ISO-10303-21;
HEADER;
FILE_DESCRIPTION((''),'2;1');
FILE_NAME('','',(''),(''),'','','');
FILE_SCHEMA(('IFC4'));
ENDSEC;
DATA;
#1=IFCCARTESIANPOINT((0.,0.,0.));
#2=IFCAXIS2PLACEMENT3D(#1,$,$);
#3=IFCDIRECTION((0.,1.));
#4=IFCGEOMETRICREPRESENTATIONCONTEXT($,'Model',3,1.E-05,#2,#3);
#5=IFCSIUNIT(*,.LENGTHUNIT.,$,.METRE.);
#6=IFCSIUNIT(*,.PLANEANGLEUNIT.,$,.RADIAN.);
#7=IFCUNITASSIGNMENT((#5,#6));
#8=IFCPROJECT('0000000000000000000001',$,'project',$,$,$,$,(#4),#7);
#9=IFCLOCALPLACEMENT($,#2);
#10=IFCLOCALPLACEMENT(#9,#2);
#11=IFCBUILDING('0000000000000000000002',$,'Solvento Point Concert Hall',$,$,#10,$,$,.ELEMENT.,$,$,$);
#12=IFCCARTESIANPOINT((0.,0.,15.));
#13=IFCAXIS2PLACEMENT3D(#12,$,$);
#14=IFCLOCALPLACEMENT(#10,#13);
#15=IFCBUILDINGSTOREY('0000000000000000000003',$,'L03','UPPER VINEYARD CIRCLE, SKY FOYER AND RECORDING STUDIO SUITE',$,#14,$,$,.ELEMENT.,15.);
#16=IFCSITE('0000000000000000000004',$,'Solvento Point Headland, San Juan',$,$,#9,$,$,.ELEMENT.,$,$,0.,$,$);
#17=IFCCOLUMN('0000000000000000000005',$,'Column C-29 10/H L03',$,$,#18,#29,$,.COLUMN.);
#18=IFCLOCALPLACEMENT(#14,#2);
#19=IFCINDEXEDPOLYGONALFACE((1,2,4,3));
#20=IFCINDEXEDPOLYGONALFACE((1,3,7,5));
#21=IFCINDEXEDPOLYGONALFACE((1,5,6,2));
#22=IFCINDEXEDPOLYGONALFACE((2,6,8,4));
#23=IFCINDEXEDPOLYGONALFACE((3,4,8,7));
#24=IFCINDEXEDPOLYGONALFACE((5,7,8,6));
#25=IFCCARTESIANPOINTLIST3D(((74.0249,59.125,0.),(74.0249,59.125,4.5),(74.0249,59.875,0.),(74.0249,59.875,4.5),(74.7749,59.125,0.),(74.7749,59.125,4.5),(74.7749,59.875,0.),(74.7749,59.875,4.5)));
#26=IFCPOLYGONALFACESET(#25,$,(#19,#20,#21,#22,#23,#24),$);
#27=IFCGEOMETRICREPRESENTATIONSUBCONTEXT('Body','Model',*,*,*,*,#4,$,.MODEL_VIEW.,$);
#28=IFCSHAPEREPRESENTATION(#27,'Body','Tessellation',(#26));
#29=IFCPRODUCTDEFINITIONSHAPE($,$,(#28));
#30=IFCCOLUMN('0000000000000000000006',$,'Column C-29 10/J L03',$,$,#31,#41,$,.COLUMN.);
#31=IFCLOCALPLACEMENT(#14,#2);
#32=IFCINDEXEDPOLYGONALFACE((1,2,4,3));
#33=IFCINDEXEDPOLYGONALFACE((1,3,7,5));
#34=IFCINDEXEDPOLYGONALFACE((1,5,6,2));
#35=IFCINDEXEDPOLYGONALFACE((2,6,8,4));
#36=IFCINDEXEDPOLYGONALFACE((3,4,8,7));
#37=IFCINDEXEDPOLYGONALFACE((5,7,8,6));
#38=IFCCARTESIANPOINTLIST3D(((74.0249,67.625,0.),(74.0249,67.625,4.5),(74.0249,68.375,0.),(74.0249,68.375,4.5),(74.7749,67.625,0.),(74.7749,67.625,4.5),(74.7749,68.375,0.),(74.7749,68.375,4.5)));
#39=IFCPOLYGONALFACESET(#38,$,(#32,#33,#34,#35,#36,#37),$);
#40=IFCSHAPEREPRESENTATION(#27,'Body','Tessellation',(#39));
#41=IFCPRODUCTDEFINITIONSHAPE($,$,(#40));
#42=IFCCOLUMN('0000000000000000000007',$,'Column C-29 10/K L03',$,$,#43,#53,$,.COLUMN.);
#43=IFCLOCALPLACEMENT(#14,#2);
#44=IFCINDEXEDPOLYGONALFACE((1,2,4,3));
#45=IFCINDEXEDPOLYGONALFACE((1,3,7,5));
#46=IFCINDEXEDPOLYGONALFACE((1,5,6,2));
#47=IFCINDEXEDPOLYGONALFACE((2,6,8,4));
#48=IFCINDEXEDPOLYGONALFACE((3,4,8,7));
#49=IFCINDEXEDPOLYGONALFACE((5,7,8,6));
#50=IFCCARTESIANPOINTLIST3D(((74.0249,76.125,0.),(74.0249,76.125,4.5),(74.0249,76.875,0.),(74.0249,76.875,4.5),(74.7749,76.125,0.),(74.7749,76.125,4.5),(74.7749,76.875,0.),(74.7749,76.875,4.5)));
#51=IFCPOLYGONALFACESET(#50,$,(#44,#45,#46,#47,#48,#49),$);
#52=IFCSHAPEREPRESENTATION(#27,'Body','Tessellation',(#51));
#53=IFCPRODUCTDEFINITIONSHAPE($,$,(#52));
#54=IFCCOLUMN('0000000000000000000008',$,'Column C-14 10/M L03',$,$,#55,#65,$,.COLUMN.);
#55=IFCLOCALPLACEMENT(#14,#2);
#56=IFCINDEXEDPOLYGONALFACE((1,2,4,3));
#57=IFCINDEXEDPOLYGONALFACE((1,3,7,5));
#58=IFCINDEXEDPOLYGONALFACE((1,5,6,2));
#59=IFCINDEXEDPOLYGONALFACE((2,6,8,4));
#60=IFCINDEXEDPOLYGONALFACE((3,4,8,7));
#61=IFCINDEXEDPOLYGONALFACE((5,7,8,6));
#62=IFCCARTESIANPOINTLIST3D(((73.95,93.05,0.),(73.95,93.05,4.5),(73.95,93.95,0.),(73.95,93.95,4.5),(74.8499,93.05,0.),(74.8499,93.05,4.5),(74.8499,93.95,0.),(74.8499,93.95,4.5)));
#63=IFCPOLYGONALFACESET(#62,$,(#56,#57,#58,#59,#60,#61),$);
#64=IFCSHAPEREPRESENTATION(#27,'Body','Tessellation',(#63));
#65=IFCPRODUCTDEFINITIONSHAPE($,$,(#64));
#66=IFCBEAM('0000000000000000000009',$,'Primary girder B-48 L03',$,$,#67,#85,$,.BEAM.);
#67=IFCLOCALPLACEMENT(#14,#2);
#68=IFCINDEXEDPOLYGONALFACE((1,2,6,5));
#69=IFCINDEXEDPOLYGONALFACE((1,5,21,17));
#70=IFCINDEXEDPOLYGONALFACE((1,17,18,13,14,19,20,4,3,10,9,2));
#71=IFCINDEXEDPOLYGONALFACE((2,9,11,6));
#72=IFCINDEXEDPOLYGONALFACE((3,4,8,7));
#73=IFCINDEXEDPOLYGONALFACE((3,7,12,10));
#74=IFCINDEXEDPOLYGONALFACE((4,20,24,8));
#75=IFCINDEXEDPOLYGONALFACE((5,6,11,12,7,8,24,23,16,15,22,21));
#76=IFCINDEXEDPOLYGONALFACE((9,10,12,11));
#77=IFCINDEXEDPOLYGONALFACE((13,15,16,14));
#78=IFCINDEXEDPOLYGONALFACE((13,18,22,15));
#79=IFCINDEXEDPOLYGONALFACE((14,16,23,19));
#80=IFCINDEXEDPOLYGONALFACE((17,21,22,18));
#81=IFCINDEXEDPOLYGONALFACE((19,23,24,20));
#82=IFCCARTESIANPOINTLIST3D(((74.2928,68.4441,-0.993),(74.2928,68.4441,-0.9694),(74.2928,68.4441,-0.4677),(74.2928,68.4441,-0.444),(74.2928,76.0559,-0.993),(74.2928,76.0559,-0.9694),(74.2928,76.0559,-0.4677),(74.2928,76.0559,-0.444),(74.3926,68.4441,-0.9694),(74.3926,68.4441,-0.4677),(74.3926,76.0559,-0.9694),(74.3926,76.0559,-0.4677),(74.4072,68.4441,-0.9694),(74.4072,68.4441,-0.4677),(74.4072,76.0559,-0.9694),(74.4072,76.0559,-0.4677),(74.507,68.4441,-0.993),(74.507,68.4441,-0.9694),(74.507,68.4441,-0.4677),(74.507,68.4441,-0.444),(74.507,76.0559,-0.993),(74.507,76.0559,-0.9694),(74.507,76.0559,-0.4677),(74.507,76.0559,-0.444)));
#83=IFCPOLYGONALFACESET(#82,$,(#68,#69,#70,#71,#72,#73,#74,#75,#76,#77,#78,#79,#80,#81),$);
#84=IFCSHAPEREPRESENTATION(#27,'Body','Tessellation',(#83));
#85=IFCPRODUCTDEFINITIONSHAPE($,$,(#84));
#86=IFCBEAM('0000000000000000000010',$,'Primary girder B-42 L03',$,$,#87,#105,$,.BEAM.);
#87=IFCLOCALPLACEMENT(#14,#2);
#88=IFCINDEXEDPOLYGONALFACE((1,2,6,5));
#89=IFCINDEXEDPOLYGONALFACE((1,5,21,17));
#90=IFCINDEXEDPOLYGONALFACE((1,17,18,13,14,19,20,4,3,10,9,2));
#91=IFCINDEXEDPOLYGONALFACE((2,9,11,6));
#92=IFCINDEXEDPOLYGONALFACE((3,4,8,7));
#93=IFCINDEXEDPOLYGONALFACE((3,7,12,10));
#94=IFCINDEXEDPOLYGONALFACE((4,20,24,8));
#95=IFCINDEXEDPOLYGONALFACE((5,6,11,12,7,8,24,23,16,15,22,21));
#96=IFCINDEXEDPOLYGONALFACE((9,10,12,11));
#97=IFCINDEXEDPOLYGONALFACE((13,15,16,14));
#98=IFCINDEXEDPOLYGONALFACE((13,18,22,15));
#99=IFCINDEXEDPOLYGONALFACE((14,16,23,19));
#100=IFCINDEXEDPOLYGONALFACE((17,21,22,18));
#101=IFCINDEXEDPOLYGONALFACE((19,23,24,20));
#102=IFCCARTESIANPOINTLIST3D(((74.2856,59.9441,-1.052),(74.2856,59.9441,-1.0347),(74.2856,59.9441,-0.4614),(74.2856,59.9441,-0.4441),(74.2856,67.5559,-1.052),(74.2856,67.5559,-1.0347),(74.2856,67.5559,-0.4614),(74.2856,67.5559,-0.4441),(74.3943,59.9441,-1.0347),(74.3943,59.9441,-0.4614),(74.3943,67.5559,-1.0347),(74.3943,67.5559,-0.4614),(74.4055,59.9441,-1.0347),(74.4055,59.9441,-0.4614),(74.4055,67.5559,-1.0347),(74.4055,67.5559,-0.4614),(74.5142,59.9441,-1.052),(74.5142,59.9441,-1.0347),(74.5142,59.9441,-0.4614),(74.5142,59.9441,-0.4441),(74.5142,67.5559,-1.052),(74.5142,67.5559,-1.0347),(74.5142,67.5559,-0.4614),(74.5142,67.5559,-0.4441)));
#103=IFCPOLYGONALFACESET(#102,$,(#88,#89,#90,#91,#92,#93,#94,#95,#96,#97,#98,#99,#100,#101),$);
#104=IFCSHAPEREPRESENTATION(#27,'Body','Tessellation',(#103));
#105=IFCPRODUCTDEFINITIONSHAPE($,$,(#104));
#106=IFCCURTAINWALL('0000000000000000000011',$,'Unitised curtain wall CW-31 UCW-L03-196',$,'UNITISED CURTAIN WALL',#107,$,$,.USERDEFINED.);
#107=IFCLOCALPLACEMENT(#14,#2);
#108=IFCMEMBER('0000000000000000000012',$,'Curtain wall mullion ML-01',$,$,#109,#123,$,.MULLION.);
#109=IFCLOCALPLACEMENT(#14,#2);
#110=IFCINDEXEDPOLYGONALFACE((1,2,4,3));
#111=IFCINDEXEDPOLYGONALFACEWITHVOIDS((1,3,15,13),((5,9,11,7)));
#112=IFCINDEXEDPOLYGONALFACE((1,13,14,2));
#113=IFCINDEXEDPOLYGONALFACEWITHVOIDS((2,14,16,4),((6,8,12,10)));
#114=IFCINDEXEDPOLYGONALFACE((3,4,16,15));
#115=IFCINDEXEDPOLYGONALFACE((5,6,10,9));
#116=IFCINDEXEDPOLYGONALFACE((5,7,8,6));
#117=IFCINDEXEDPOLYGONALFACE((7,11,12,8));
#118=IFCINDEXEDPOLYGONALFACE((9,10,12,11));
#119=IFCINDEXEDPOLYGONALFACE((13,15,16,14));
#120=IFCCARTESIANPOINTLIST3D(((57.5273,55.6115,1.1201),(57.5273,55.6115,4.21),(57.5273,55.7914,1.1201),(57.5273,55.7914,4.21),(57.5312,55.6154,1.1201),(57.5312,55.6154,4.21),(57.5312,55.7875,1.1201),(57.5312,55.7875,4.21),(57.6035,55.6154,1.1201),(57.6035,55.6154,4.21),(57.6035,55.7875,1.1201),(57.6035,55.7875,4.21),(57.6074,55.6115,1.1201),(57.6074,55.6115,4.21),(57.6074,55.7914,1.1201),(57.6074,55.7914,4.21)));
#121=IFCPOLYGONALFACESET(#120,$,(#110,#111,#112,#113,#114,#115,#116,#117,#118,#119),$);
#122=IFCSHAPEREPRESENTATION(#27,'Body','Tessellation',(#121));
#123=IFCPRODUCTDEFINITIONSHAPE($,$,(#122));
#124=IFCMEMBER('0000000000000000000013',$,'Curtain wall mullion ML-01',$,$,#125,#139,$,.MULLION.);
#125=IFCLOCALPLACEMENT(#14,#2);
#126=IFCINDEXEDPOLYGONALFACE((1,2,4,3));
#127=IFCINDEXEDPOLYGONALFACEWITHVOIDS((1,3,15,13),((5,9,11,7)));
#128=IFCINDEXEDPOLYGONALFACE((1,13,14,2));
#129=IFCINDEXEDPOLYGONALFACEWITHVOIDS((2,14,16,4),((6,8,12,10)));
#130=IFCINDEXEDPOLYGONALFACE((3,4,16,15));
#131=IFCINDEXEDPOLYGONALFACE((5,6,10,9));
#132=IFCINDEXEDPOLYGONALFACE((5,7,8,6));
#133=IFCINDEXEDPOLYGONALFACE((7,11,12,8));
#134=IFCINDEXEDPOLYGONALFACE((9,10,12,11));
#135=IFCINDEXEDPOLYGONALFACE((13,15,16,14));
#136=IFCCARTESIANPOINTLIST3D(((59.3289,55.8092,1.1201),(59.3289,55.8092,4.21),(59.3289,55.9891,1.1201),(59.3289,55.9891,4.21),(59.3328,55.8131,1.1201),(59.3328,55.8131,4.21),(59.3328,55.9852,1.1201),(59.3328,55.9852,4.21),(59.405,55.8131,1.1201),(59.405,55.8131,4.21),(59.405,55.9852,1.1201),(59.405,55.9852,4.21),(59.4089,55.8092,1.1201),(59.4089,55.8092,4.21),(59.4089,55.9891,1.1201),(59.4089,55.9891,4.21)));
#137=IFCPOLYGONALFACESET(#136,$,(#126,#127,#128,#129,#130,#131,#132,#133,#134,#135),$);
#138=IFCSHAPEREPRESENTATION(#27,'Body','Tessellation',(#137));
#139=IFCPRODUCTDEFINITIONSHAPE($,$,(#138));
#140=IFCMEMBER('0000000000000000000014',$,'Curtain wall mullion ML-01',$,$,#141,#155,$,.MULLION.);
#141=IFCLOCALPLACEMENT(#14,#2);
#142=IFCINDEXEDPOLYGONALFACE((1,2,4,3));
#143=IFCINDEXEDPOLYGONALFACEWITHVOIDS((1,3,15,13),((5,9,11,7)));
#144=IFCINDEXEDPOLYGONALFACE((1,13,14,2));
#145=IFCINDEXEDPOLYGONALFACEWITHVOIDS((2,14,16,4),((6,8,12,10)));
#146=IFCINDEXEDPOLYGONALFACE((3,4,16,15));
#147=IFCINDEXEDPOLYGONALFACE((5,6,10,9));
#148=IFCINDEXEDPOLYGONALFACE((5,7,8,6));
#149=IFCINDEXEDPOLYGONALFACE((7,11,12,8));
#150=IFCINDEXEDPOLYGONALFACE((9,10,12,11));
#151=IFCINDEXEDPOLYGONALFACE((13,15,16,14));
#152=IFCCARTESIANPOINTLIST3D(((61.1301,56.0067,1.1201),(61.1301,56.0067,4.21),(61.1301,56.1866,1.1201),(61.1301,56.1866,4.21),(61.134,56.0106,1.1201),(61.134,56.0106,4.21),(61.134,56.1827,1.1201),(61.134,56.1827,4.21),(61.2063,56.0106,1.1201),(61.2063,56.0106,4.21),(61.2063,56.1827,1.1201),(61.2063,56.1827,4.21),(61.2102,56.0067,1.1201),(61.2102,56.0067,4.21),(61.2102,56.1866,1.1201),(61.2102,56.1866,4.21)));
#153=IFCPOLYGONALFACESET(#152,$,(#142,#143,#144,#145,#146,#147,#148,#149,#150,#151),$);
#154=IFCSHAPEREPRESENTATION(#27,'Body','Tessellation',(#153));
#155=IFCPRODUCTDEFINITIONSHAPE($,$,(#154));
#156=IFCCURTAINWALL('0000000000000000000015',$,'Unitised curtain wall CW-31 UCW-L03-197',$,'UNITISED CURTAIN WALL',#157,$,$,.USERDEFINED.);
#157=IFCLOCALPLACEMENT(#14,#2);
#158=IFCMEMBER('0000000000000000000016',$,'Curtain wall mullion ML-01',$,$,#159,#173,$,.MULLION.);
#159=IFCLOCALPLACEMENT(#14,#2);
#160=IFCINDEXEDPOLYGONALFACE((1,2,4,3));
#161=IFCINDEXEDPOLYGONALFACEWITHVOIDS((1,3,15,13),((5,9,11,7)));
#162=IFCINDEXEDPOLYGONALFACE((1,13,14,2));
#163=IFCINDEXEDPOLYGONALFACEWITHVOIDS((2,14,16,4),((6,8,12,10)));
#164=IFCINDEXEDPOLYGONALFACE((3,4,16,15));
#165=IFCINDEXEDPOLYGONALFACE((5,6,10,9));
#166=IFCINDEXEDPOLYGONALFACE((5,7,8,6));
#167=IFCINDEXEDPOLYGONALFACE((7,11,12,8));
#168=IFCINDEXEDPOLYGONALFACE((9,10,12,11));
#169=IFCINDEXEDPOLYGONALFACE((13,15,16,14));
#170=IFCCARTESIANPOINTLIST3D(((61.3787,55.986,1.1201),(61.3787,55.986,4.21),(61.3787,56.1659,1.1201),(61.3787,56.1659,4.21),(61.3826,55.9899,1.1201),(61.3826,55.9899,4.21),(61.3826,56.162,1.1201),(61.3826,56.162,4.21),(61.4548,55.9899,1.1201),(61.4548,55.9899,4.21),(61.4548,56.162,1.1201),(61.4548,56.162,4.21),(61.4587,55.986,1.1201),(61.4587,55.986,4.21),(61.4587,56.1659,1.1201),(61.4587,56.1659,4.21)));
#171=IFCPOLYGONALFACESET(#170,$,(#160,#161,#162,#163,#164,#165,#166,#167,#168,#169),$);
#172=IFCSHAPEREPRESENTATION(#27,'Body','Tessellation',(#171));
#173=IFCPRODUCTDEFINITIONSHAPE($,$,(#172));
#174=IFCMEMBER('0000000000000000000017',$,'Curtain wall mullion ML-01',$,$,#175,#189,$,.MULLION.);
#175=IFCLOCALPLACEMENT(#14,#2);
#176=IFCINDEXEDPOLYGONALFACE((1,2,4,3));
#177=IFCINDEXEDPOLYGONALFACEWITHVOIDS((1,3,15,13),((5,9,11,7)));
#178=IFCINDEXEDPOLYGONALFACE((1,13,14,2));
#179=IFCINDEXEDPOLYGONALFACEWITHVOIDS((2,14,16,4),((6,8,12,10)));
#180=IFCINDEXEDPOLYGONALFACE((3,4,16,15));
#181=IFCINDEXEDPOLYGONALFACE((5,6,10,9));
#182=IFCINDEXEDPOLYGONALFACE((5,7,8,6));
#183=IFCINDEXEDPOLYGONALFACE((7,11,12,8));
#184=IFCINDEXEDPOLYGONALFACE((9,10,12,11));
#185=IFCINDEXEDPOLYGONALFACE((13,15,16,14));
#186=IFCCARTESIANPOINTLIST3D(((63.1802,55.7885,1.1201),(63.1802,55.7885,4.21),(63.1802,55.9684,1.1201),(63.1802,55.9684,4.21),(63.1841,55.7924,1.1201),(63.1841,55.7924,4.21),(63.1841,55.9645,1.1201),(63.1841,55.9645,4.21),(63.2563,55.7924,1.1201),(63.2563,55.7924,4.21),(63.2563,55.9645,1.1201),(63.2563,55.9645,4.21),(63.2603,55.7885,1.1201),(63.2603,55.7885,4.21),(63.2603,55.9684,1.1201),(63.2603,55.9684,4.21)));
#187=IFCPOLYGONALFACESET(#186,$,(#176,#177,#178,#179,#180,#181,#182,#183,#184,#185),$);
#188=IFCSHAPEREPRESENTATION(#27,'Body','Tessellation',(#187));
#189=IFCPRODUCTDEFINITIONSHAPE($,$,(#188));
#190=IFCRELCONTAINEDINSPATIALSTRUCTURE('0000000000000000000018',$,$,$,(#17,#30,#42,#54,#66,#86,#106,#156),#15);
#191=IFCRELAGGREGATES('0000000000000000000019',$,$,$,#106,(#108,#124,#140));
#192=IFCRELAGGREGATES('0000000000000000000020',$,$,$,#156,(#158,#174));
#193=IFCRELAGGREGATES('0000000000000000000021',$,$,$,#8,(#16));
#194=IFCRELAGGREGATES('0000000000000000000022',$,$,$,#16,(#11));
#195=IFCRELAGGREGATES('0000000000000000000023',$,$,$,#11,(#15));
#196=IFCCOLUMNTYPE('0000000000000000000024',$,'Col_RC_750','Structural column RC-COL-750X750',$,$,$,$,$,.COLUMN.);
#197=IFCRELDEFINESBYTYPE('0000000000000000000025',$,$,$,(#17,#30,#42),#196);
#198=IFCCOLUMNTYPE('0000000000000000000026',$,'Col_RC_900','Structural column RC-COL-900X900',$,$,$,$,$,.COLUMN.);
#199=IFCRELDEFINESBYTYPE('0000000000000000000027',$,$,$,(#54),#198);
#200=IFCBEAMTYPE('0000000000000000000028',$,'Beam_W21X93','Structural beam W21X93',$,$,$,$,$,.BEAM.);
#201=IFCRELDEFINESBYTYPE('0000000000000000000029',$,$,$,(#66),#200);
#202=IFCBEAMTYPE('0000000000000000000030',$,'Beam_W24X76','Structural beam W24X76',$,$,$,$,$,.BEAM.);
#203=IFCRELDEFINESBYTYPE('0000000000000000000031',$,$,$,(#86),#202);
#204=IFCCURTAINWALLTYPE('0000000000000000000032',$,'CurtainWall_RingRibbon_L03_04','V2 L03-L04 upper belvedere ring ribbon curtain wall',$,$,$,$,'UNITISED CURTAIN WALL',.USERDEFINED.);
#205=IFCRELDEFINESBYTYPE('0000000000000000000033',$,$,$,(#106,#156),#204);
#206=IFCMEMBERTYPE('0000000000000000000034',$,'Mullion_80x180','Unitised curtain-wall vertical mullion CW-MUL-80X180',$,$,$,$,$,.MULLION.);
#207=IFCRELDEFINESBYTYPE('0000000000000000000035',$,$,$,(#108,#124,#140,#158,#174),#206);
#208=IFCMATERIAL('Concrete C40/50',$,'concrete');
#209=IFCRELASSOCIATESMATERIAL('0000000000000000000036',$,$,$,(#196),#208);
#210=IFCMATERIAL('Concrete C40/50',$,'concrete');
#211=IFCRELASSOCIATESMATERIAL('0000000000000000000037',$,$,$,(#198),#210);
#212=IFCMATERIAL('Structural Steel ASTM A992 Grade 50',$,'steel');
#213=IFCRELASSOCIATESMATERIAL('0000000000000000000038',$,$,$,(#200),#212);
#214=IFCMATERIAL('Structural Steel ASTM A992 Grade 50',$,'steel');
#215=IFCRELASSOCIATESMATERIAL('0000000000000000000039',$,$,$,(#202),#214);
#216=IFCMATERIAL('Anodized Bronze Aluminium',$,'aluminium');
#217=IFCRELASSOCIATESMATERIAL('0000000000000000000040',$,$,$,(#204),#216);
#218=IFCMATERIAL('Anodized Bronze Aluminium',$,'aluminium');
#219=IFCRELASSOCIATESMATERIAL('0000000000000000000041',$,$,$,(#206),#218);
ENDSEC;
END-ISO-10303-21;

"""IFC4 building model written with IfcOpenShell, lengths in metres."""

from ifc_helpers import new_model, si_unit, direction, frame, origin, origin_2d, place, context, subcontext, project, spatial, rectangle, hollow_rectangle, i_section, extrude, material, material_profile, profile_set, type_object, element, aggregate, save


model = new_model("IFC4")

# Units and contexts
model_context = context("Model", 3, precision=1e-05, world=origin(), true_north=direction((0.0, 1.0)))
body_context = subcontext(model_context, "Body", "Model", "MODEL_VIEW")
ifc_project = project(units=[si_unit("LENGTHUNIT", "METRE"), si_unit("PLANEANGLEUNIT", "RADIAN")], contexts=[model_context])

# Site, building, storey
site_placement = place(None, origin())
site = spatial("IfcSite", under=ifc_project, at=site_placement, Name="Solvento Point Headland, San Juan", CompositionType="ELEMENT", RefElevation=0.0)
building_placement = place(site_placement, origin())
building = spatial("IfcBuilding", under=site, at=building_placement, Name="Solvento Point Concert Hall", CompositionType="ELEMENT")
storey_placement = place(building_placement, frame((0.0, 0.0, 15.0)))
storey = spatial("IfcBuildingStorey", under=building, at=storey_placement, Name="L03", Description="UPPER VINEYARD CIRCLE, SKY FOYER AND RECORDING STUDIO SUITE", CompositionType="ELEMENT", Elevation=15.0)

# Columns
ifc_material_1 = material(Name="Concrete C40/50", Category="concrete")
ifc_material_profile_1 = material_profile(ifc_material_1, rectangle(XDim=0.75, YDim=0.75, at=origin_2d()), Name="RC-COL-750X750")
ifc_profile_set_1 = profile_set([ifc_material_profile_1], Name="Concrete C40/50")
column_type_1 = type_object("IfcColumnType", Name="Col_RC_750", Description="Structural column RC-COL-750X750", PredefinedType="COLUMN", material=ifc_profile_set_1)
for number, where, z_axis, x_axis, name in (
    (1, (74.3999, 59.5, 0.0), (0.0, 0.0, 1.0), (1.0, 0.0, 0.0), "Column C-29 10/H L03"),
    (2, (74.3999, 68.0, 0.0), (0.0, 0.0, 1.0), (1.0, 0.0, 0.0), "Column C-29 10/J L03"),
    (3, (74.3999, 76.5, 0.0), (0.0, 0.0, 1.0), (1.0, 0.0, 0.0), "Column C-29 10/K L03"),
):
    element("IfcColumn", number, at=place(storey_placement, frame(where, z_axis=z_axis, x_axis=x_axis)), inside=storey, type_object=column_type_1, Name=name, PredefinedType="COLUMN", context=body_context, shape_type="SweptSolid", body=[
        extrude(rectangle(XDim=0.75, YDim=0.75, at=origin_2d()), origin(), (0.0, 0.0, 1.0), 4.5),
    ])
ifc_material_2 = material(Name="Concrete C40/50", Category="concrete")
ifc_material_profile_2 = material_profile(ifc_material_2, rectangle(XDim=0.8999, YDim=0.8999, at=origin_2d()), Name="RC-COL-900X900")
ifc_profile_set_2 = profile_set([ifc_material_profile_2], Name="Concrete C40/50")
column_type_2 = type_object("IfcColumnType", Name="Col_RC_900", Description="Structural column RC-COL-900X900", PredefinedType="COLUMN", material=ifc_profile_set_2)
column_placement = place(storey_placement, frame((74.3999, 93.5, 0.0), z_axis=(0.0, 0.0, 1.0), x_axis=(1.0, 0.0, 0.0)))
element("IfcColumn", 4, at=column_placement, inside=storey, type_object=column_type_2, Name="Column C-14 10/M L03", PredefinedType="COLUMN", context=body_context, shape_type="SweptSolid", body=[
    extrude(rectangle(XDim=0.8999, YDim=0.8999, at=origin_2d()), origin(), (0.0, 0.0, 1.0), 4.5),
])

# Beams
ifc_material_3 = material(Name="Structural Steel ASTM A992 Grade 50", Category="steel")
ifc_material_profile_3 = material_profile(ifc_material_3, i_section(OverallWidth=0.2141, OverallDepth=0.5491, WebThickness=0.0146, FlangeThickness=0.0237, at=origin_2d()), Name="W21X93")
ifc_profile_set_3 = profile_set([ifc_material_profile_3], Name="Structural Steel ASTM A992 Grade 50")
beam_type_1 = type_object("IfcBeamType", Name="Beam_W21X93", Description="Structural beam W21X93", PredefinedType="BEAM", material=ifc_profile_set_3)
beam_1_placement = place(storey_placement, frame((74.3999, 68.4441, -0.7185), z_axis=(0.0, 1.0, 0.0), x_axis=(-1.0, 0.0, 0.0)))
element("IfcBeam", 5, at=beam_1_placement, inside=storey, type_object=beam_type_1, Name="Primary girder B-48 L03", PredefinedType="BEAM", context=body_context, shape_type="SweptSolid", body=[
    extrude(i_section(OverallWidth=0.2141, OverallDepth=0.5491, WebThickness=0.0146, FlangeThickness=0.0237, at=origin_2d()), origin(), (0.0, 0.0, 1.0), 7.6118),
])
ifc_material_4 = material(Name="Structural Steel ASTM A992 Grade 50", Category="steel")
ifc_material_profile_4 = material_profile(ifc_material_4, i_section(OverallWidth=0.2285, OverallDepth=0.6079, WebThickness=0.0112, FlangeThickness=0.0173, at=origin_2d()), Name="W24X76")
ifc_profile_set_4 = profile_set([ifc_material_profile_4], Name="Structural Steel ASTM A992 Grade 50")
beam_type_2 = type_object("IfcBeamType", Name="Beam_W24X76", Description="Structural beam W24X76", PredefinedType="BEAM", material=ifc_profile_set_4)
beam_2_placement = place(storey_placement, frame((74.3999, 59.9441, -0.748), z_axis=(0.0, 1.0, 0.0), x_axis=(-1.0, 0.0, 0.0)))
element("IfcBeam", 6, at=beam_2_placement, inside=storey, type_object=beam_type_2, Name="Primary girder B-42 L03", PredefinedType="BEAM", context=body_context, shape_type="SweptSolid", body=[
    extrude(i_section(OverallWidth=0.2285, OverallDepth=0.6079, WebThickness=0.0112, FlangeThickness=0.0173, at=origin_2d()), origin(), (0.0, 0.0, 1.0), 7.6118),
])

# Curtain walls, members
ifc_material_5 = material(Name="Anodized Bronze Aluminium", Category="aluminium")
curtain_wall_type = type_object("IfcCurtainWallType", Name="CurtainWall_RingRibbon_L03_04", Description="V2 L03-L04 upper belvedere ring ribbon curtain wall", ElementType="UNITISED CURTAIN WALL", PredefinedType="USERDEFINED", material=ifc_material_5)
curtain_wall_1_placement = place(storey_placement, origin())
curtain_wall_1 = element("IfcCurtainWall", 7, at=curtain_wall_1_placement, inside=storey, type_object=curtain_wall_type, Name="Unitised curtain wall CW-31 UCW-L03-196", ObjectType="UNITISED CURTAIN WALL", PredefinedType="USERDEFINED")
ifc_material_6 = material(Name="Anodized Bronze Aluminium", Category="aluminium")
ifc_material_profile_5 = material_profile(ifc_material_6, hollow_rectangle(XDim=0.0801, YDim=0.1799, WallThickness=0.0039, at=origin_2d()), Name="CW-MUL-80X180")
ifc_profile_set_5 = profile_set([ifc_material_profile_5], Name="Anodized Bronze Aluminium")
member_type_1 = type_object("IfcMemberType", Name="Mullion_80x180", Description="Unitised curtain-wall vertical mullion CW-MUL-80X180", PredefinedType="MULLION", material=ifc_profile_set_5)
member_1_placement = place(storey_placement, frame((57.5674, 55.7014, 1.1201), z_axis=(0.0, 0.0, 1.0), x_axis=(1.0, 0.0, 0.0)))
member_1 = element("IfcMember", 8, at=member_1_placement, type_object=member_type_1, Name="Curtain wall mullion ML-01", PredefinedType="MULLION", context=body_context, shape_type="SweptSolid", body=[
    extrude(hollow_rectangle(XDim=0.0801, YDim=0.1799, WallThickness=0.0039, at=origin_2d()), origin(), (0.0, 0.0, 1.0), 3.0898),
])
member_2_placement = place(storey_placement, frame((59.3689, 55.8992, 1.1201), z_axis=(0.0, 0.0, 1.0), x_axis=(1.0, 0.0, 0.0)))
member_2 = element("IfcMember", 9, at=member_2_placement, type_object=member_type_1, Name="Curtain wall mullion ML-01", PredefinedType="MULLION", context=body_context, shape_type="SweptSolid", body=[
    extrude(hollow_rectangle(XDim=0.0801, YDim=0.1799, WallThickness=0.0039, at=origin_2d()), origin(), (0.0, 0.0, 1.0), 3.0898),
])
member_3_placement = place(storey_placement, frame((61.1702, 56.0967, 1.1201), z_axis=(0.0, 0.0, 1.0), x_axis=(1.0, 0.0, 0.0)))
member_3 = element("IfcMember", 10, at=member_3_placement, type_object=member_type_1, Name="Curtain wall mullion ML-01", PredefinedType="MULLION", context=body_context, shape_type="SweptSolid", body=[
    extrude(hollow_rectangle(XDim=0.0801, YDim=0.1799, WallThickness=0.0039, at=origin_2d()), origin(), (0.0, 0.0, 1.0), 3.0898),
])
curtain_wall_2_placement = place(storey_placement, origin())
curtain_wall_2 = element("IfcCurtainWall", 11, at=curtain_wall_2_placement, inside=storey, type_object=curtain_wall_type, Name="Unitised curtain wall CW-31 UCW-L03-197", ObjectType="UNITISED CURTAIN WALL", PredefinedType="USERDEFINED")
member_4_placement = place(storey_placement, frame((61.4187, 56.0759, 1.1201), z_axis=(0.0, 0.0, 1.0), x_axis=(1.0, 0.0, 0.0)))
member_4 = element("IfcMember", 12, at=member_4_placement, type_object=member_type_1, Name="Curtain wall mullion ML-01", PredefinedType="MULLION", context=body_context, shape_type="SweptSolid", body=[
    extrude(hollow_rectangle(XDim=0.0801, YDim=0.1799, WallThickness=0.0039, at=origin_2d()), origin(), (0.0, 0.0, 1.0), 3.0898),
])
member_5_placement = place(storey_placement, frame((63.2202, 55.8784, 1.1201), z_axis=(0.0, 0.0, 1.0), x_axis=(1.0, 0.0, 0.0)))
member_5 = element("IfcMember", 13, at=member_5_placement, type_object=member_type_1, Name="Curtain wall mullion ML-01", PredefinedType="MULLION", context=body_context, shape_type="SweptSolid", body=[
    extrude(hollow_rectangle(XDim=0.0801, YDim=0.1799, WallThickness=0.0039, at=origin_2d()), origin(), (0.0, 0.0, 1.0), 3.0898),
])

aggregate(curtain_wall_1, [member_1, member_2, member_3])
aggregate(curtain_wall_2, [member_4, member_5])

save(model, "model.ifc")
